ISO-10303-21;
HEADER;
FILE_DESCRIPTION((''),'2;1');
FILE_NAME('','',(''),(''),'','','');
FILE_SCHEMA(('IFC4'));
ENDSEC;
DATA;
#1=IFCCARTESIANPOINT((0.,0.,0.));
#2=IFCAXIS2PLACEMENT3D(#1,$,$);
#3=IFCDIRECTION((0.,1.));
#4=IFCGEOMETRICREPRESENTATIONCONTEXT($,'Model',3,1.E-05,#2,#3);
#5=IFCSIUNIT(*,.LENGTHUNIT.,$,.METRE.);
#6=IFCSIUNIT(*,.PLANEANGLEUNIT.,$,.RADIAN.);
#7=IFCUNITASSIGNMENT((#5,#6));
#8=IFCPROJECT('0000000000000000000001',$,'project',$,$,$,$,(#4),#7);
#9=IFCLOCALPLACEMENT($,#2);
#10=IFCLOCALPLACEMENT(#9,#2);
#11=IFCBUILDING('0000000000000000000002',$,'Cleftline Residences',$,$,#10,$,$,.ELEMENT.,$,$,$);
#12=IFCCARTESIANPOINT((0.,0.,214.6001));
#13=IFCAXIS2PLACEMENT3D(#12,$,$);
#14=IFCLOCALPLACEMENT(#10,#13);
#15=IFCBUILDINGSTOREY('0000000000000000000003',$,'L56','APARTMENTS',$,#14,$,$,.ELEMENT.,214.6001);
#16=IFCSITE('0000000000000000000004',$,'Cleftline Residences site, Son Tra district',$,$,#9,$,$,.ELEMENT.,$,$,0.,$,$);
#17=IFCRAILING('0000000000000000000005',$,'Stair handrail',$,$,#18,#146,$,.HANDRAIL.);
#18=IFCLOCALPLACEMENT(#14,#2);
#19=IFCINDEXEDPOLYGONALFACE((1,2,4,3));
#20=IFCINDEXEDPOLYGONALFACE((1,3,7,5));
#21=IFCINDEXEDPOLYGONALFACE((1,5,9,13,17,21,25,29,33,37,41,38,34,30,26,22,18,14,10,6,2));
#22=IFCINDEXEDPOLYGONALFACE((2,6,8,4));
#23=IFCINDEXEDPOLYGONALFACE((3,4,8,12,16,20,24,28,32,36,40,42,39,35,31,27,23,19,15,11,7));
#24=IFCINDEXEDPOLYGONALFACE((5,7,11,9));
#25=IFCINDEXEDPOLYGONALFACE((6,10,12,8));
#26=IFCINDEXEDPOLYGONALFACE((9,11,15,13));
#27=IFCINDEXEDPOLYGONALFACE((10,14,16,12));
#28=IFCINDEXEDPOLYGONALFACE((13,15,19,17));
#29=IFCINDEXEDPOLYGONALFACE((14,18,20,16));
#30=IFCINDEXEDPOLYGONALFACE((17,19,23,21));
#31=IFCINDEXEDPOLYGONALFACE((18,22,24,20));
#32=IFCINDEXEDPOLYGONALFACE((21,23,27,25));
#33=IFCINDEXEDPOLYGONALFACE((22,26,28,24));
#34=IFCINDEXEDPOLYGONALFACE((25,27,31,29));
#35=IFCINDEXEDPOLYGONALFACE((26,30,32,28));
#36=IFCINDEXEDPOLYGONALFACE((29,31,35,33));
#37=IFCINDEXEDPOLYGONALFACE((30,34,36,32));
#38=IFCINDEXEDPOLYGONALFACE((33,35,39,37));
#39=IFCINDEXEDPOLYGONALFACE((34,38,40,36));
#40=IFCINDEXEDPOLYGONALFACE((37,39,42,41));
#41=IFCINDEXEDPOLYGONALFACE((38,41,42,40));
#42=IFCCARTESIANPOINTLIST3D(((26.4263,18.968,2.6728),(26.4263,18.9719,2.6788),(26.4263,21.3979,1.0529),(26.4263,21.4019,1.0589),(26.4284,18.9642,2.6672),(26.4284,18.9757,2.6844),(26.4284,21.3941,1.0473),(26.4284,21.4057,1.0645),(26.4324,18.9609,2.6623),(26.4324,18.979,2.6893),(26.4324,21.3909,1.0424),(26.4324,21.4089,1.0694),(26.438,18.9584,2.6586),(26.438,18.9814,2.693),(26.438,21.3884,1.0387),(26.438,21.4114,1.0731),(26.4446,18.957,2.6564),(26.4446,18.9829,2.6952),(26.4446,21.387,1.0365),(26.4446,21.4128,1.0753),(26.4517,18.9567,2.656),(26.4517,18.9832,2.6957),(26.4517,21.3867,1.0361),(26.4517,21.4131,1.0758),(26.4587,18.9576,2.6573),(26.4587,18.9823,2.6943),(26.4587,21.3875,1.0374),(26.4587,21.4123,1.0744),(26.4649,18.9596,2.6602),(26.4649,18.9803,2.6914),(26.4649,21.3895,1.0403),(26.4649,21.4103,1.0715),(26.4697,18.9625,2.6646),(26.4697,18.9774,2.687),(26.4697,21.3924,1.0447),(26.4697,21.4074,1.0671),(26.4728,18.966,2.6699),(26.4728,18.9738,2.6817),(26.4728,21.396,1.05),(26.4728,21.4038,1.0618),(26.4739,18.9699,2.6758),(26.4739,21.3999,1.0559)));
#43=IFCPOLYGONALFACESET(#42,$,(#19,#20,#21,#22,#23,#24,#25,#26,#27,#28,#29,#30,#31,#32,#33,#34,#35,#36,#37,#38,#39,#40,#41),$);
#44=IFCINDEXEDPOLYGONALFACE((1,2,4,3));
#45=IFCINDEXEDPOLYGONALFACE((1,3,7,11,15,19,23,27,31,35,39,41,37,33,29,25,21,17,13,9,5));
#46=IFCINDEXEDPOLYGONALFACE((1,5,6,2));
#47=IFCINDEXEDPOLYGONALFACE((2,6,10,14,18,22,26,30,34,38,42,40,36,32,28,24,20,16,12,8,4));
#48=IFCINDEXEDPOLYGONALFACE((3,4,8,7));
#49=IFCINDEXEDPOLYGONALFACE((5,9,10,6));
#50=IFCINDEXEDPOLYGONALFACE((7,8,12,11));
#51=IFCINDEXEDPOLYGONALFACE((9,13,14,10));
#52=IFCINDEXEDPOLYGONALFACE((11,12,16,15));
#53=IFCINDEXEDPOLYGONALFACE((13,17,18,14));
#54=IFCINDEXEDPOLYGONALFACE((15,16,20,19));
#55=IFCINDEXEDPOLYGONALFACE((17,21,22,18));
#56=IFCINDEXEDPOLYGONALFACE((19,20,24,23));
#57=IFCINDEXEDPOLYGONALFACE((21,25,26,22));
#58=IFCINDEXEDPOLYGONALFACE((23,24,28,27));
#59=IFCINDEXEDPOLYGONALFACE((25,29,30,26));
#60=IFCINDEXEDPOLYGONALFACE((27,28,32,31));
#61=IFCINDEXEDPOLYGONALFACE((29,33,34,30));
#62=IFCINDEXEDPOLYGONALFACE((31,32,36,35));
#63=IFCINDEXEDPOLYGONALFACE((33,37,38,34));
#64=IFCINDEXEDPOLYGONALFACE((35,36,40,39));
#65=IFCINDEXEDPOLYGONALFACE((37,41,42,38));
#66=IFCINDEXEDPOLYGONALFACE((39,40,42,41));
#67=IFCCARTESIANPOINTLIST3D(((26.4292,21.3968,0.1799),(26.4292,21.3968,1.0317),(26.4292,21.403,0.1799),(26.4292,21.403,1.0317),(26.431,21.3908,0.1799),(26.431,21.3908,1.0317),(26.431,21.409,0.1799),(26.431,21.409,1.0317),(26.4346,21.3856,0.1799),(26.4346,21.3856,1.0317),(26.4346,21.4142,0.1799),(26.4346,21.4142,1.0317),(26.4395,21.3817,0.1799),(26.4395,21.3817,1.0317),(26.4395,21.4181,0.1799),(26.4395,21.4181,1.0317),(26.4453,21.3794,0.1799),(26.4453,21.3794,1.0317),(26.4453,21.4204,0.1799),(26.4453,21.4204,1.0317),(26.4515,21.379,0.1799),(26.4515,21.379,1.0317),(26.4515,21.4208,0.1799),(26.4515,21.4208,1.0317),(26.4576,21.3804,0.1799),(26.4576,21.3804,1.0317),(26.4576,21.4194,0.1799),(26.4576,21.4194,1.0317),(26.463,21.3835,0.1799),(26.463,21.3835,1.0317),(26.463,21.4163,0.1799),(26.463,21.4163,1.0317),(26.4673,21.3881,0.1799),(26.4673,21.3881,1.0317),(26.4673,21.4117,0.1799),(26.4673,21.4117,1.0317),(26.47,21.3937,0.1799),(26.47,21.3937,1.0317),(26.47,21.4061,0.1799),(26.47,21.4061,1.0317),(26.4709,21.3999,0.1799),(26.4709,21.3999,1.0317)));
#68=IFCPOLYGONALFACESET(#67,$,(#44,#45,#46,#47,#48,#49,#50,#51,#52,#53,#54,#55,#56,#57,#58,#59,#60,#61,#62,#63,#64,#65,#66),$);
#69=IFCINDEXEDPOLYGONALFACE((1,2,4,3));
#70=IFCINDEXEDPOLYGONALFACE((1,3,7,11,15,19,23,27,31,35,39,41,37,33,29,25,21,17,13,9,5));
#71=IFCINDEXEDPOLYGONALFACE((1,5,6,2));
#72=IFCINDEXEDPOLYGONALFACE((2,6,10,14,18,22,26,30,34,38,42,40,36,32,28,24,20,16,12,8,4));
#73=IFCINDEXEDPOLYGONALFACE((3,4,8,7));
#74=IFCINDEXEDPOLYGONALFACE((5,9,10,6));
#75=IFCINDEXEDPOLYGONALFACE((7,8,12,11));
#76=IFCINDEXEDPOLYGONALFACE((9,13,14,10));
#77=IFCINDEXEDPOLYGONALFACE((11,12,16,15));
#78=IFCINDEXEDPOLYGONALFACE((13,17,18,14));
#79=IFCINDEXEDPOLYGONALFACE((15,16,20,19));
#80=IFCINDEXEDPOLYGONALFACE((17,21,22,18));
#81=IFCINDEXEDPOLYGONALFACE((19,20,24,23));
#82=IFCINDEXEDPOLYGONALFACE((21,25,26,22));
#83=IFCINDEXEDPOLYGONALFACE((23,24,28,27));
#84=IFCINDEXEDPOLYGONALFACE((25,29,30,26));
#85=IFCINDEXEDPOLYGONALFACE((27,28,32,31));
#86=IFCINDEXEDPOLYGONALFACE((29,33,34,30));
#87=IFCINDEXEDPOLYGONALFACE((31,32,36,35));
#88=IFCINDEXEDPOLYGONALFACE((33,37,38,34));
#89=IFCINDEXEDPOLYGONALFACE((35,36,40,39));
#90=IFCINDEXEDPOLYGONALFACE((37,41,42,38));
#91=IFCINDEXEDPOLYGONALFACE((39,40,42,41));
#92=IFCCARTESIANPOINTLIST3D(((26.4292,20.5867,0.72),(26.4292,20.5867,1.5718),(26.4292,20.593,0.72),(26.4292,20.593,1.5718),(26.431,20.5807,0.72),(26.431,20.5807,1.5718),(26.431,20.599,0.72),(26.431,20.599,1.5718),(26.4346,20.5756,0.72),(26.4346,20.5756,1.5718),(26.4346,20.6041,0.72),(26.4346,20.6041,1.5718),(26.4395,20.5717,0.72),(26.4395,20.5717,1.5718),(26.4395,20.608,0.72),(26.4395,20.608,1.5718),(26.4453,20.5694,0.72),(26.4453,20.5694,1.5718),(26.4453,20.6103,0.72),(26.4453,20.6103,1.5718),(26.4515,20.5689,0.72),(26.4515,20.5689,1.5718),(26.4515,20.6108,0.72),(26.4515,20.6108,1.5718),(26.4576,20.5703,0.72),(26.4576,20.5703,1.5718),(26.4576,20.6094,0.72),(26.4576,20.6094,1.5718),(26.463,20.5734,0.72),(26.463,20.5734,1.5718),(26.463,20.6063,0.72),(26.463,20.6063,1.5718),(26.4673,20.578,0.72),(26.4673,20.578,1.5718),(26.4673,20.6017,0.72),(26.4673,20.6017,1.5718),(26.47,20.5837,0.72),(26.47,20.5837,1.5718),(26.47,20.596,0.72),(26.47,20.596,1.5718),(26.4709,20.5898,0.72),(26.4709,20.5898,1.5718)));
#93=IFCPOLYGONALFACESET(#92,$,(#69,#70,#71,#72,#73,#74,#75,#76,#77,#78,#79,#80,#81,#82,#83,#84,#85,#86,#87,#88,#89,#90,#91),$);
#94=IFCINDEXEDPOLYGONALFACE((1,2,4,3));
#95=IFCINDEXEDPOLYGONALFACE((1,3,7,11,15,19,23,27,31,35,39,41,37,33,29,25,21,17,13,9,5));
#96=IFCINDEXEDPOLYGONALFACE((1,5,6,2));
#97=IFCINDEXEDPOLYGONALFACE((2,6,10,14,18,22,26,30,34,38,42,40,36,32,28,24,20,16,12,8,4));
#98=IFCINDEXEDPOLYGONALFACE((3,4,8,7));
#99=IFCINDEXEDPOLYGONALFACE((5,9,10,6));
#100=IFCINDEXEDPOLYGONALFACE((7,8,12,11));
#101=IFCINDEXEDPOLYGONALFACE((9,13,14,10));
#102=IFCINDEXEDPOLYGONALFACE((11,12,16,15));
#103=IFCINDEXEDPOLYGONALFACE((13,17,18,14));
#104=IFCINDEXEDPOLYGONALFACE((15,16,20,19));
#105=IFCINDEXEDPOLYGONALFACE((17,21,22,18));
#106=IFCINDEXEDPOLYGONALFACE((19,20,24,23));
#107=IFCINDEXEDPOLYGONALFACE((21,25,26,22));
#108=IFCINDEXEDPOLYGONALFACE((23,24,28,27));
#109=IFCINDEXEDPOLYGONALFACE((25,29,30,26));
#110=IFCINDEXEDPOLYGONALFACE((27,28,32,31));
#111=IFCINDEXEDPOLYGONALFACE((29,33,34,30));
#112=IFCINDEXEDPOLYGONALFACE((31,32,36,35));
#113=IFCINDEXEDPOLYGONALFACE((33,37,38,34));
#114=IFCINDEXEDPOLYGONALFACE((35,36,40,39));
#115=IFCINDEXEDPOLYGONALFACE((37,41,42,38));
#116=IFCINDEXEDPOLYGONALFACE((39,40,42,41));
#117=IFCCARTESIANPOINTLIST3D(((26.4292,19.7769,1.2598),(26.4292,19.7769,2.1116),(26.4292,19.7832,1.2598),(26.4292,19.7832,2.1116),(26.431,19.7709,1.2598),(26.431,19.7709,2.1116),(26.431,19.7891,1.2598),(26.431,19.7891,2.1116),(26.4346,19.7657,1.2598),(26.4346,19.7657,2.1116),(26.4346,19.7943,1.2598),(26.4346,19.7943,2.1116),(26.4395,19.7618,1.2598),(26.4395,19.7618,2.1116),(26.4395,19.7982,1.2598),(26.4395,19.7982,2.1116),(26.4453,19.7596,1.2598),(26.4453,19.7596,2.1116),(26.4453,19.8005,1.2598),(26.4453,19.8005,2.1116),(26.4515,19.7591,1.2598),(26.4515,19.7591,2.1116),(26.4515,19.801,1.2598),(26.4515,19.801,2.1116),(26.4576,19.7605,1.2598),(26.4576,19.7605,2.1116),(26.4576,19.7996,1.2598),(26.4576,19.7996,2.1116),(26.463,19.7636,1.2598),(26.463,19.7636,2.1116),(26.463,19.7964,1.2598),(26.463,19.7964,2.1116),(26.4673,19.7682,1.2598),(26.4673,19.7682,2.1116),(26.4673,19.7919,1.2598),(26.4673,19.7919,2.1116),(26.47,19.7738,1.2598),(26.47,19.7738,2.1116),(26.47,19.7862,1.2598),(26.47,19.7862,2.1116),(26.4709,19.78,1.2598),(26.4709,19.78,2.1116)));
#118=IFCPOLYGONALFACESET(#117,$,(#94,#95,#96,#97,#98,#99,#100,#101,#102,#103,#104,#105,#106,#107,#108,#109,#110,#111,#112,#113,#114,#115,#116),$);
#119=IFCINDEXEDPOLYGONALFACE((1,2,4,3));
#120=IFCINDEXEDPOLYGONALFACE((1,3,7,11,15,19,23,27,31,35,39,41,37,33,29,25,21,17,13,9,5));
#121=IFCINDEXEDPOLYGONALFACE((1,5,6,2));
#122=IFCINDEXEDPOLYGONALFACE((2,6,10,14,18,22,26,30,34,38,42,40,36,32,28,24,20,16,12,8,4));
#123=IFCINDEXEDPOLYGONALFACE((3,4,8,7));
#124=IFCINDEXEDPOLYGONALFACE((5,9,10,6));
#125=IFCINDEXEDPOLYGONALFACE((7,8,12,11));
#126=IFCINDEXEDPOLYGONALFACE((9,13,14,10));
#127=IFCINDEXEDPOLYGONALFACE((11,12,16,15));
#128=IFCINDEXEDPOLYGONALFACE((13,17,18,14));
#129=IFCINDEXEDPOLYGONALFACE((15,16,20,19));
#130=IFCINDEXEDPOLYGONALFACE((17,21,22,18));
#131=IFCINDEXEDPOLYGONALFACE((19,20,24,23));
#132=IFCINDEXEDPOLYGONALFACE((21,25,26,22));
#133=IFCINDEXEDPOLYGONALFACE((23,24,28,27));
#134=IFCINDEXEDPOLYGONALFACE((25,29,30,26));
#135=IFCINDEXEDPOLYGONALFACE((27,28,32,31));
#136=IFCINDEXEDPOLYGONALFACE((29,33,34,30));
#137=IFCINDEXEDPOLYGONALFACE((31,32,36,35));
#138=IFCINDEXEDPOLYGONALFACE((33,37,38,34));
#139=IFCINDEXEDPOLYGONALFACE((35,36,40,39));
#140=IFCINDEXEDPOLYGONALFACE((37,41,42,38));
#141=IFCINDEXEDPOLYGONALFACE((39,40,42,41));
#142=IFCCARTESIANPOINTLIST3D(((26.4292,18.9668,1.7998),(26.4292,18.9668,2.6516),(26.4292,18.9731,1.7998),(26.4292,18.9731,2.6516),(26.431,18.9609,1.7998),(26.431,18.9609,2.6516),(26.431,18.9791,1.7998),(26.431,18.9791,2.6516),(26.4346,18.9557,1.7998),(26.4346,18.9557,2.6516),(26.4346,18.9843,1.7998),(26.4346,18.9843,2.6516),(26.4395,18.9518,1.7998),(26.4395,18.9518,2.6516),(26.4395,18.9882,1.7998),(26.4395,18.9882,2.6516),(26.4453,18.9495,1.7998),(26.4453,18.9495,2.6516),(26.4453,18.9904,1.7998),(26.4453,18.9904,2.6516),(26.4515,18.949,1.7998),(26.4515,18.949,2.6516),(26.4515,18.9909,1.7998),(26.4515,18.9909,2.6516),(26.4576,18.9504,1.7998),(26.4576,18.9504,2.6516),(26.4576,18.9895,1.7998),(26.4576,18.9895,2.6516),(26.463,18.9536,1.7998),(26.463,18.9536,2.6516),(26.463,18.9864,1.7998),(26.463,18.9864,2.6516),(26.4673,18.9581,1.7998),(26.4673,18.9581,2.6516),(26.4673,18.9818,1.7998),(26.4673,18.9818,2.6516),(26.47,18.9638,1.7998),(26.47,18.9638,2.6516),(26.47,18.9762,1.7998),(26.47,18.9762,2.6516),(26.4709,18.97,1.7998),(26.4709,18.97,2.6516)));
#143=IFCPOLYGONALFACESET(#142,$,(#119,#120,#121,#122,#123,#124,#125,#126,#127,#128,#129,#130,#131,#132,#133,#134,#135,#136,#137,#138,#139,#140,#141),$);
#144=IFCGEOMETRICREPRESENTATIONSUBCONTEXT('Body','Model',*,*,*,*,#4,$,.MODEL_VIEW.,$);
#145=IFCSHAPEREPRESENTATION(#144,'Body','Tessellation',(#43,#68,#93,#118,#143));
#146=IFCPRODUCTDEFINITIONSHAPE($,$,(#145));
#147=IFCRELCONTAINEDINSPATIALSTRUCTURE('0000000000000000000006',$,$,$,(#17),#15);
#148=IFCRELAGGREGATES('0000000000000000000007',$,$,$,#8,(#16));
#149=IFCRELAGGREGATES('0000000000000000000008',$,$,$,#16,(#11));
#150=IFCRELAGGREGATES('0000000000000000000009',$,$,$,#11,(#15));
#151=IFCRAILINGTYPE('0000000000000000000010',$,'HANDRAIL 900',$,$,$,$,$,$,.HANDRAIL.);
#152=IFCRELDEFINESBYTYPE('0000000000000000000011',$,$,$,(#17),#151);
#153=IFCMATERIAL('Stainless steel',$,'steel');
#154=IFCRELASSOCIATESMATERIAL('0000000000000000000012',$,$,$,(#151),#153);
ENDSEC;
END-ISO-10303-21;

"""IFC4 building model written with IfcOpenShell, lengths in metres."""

from ifc_helpers import new_model, si_unit, direction, frame, origin, origin_2d, place, context, subcontext, project, spatial, circle, extrude, material, type_object, element, save


model = new_model("IFC4")

# Units and contexts
model_context = context("Model", 3, precision=1e-05, world=origin(), true_north=direction((0.0, 1.0)))
body_context = subcontext(model_context, "Body", "Model", "MODEL_VIEW")
ifc_project = project(units=[si_unit("LENGTHUNIT", "METRE"), si_unit("PLANEANGLEUNIT", "RADIAN")], contexts=[model_context])

# Site, building, storey
site_placement = place(None, origin())
site = spatial("IfcSite", under=ifc_project, at=site_placement, Name="Cleftline Residences site, Son Tra district", CompositionType="ELEMENT", RefElevation=0.0)
building_placement = place(site_placement, origin())
building = spatial("IfcBuilding", under=site, at=building_placement, Name="Cleftline Residences", CompositionType="ELEMENT")
storey_placement = place(building_placement, frame((0.0, 0.0, 214.6001)))
storey = spatial("IfcBuildingStorey", under=building, at=storey_placement, Name="L56", Description="APARTMENTS", CompositionType="ELEMENT", Elevation=214.6001)

# Railing
ifc_material_1 = material(Name="Stainless steel", Category="steel")
railing_type = type_object("IfcRailingType", Name="HANDRAIL 900", PredefinedType="HANDRAIL", material=ifc_material_1)
railing_1_placement = place(storey_placement, frame((26.45, 21.3999, 0.1799)))
element("IfcRailing", 1, at=railing_1_placement, inside=storey, type_object=railing_type, Name="Stair handrail", PredefinedType="HANDRAIL", context=body_context, shape_type="SweptSolid", body=[
    extrude(circle(Radius=0.0239, at=origin_2d()), frame((0.0, 0.0, 0.876), z_axis=(0.0, -0.832063, 0.554681), x_axis=(1.0, 0.0, 0.0)), (0.0, 0.0, 1.0), 2.9204),
    extrude(circle(Radius=0.021, at=origin_2d()), origin(), (0.0, 0.0, 1.0), 0.8518),
    extrude(circle(Radius=0.021, at=origin_2d()), frame((0.0, -0.8101, 0.54)), (0.0, 0.0, 1.0), 0.8518),
    extrude(circle(Radius=0.021, at=origin_2d()), frame((0.0, -1.6199, 1.0798)), (0.0, 0.0, 1.0), 0.8518),
    extrude(circle(Radius=0.021, at=origin_2d()), frame((0.0, -2.4299, 1.6199)), (0.0, 0.0, 1.0), 0.8518),
])

save(model, "model.ifc")
